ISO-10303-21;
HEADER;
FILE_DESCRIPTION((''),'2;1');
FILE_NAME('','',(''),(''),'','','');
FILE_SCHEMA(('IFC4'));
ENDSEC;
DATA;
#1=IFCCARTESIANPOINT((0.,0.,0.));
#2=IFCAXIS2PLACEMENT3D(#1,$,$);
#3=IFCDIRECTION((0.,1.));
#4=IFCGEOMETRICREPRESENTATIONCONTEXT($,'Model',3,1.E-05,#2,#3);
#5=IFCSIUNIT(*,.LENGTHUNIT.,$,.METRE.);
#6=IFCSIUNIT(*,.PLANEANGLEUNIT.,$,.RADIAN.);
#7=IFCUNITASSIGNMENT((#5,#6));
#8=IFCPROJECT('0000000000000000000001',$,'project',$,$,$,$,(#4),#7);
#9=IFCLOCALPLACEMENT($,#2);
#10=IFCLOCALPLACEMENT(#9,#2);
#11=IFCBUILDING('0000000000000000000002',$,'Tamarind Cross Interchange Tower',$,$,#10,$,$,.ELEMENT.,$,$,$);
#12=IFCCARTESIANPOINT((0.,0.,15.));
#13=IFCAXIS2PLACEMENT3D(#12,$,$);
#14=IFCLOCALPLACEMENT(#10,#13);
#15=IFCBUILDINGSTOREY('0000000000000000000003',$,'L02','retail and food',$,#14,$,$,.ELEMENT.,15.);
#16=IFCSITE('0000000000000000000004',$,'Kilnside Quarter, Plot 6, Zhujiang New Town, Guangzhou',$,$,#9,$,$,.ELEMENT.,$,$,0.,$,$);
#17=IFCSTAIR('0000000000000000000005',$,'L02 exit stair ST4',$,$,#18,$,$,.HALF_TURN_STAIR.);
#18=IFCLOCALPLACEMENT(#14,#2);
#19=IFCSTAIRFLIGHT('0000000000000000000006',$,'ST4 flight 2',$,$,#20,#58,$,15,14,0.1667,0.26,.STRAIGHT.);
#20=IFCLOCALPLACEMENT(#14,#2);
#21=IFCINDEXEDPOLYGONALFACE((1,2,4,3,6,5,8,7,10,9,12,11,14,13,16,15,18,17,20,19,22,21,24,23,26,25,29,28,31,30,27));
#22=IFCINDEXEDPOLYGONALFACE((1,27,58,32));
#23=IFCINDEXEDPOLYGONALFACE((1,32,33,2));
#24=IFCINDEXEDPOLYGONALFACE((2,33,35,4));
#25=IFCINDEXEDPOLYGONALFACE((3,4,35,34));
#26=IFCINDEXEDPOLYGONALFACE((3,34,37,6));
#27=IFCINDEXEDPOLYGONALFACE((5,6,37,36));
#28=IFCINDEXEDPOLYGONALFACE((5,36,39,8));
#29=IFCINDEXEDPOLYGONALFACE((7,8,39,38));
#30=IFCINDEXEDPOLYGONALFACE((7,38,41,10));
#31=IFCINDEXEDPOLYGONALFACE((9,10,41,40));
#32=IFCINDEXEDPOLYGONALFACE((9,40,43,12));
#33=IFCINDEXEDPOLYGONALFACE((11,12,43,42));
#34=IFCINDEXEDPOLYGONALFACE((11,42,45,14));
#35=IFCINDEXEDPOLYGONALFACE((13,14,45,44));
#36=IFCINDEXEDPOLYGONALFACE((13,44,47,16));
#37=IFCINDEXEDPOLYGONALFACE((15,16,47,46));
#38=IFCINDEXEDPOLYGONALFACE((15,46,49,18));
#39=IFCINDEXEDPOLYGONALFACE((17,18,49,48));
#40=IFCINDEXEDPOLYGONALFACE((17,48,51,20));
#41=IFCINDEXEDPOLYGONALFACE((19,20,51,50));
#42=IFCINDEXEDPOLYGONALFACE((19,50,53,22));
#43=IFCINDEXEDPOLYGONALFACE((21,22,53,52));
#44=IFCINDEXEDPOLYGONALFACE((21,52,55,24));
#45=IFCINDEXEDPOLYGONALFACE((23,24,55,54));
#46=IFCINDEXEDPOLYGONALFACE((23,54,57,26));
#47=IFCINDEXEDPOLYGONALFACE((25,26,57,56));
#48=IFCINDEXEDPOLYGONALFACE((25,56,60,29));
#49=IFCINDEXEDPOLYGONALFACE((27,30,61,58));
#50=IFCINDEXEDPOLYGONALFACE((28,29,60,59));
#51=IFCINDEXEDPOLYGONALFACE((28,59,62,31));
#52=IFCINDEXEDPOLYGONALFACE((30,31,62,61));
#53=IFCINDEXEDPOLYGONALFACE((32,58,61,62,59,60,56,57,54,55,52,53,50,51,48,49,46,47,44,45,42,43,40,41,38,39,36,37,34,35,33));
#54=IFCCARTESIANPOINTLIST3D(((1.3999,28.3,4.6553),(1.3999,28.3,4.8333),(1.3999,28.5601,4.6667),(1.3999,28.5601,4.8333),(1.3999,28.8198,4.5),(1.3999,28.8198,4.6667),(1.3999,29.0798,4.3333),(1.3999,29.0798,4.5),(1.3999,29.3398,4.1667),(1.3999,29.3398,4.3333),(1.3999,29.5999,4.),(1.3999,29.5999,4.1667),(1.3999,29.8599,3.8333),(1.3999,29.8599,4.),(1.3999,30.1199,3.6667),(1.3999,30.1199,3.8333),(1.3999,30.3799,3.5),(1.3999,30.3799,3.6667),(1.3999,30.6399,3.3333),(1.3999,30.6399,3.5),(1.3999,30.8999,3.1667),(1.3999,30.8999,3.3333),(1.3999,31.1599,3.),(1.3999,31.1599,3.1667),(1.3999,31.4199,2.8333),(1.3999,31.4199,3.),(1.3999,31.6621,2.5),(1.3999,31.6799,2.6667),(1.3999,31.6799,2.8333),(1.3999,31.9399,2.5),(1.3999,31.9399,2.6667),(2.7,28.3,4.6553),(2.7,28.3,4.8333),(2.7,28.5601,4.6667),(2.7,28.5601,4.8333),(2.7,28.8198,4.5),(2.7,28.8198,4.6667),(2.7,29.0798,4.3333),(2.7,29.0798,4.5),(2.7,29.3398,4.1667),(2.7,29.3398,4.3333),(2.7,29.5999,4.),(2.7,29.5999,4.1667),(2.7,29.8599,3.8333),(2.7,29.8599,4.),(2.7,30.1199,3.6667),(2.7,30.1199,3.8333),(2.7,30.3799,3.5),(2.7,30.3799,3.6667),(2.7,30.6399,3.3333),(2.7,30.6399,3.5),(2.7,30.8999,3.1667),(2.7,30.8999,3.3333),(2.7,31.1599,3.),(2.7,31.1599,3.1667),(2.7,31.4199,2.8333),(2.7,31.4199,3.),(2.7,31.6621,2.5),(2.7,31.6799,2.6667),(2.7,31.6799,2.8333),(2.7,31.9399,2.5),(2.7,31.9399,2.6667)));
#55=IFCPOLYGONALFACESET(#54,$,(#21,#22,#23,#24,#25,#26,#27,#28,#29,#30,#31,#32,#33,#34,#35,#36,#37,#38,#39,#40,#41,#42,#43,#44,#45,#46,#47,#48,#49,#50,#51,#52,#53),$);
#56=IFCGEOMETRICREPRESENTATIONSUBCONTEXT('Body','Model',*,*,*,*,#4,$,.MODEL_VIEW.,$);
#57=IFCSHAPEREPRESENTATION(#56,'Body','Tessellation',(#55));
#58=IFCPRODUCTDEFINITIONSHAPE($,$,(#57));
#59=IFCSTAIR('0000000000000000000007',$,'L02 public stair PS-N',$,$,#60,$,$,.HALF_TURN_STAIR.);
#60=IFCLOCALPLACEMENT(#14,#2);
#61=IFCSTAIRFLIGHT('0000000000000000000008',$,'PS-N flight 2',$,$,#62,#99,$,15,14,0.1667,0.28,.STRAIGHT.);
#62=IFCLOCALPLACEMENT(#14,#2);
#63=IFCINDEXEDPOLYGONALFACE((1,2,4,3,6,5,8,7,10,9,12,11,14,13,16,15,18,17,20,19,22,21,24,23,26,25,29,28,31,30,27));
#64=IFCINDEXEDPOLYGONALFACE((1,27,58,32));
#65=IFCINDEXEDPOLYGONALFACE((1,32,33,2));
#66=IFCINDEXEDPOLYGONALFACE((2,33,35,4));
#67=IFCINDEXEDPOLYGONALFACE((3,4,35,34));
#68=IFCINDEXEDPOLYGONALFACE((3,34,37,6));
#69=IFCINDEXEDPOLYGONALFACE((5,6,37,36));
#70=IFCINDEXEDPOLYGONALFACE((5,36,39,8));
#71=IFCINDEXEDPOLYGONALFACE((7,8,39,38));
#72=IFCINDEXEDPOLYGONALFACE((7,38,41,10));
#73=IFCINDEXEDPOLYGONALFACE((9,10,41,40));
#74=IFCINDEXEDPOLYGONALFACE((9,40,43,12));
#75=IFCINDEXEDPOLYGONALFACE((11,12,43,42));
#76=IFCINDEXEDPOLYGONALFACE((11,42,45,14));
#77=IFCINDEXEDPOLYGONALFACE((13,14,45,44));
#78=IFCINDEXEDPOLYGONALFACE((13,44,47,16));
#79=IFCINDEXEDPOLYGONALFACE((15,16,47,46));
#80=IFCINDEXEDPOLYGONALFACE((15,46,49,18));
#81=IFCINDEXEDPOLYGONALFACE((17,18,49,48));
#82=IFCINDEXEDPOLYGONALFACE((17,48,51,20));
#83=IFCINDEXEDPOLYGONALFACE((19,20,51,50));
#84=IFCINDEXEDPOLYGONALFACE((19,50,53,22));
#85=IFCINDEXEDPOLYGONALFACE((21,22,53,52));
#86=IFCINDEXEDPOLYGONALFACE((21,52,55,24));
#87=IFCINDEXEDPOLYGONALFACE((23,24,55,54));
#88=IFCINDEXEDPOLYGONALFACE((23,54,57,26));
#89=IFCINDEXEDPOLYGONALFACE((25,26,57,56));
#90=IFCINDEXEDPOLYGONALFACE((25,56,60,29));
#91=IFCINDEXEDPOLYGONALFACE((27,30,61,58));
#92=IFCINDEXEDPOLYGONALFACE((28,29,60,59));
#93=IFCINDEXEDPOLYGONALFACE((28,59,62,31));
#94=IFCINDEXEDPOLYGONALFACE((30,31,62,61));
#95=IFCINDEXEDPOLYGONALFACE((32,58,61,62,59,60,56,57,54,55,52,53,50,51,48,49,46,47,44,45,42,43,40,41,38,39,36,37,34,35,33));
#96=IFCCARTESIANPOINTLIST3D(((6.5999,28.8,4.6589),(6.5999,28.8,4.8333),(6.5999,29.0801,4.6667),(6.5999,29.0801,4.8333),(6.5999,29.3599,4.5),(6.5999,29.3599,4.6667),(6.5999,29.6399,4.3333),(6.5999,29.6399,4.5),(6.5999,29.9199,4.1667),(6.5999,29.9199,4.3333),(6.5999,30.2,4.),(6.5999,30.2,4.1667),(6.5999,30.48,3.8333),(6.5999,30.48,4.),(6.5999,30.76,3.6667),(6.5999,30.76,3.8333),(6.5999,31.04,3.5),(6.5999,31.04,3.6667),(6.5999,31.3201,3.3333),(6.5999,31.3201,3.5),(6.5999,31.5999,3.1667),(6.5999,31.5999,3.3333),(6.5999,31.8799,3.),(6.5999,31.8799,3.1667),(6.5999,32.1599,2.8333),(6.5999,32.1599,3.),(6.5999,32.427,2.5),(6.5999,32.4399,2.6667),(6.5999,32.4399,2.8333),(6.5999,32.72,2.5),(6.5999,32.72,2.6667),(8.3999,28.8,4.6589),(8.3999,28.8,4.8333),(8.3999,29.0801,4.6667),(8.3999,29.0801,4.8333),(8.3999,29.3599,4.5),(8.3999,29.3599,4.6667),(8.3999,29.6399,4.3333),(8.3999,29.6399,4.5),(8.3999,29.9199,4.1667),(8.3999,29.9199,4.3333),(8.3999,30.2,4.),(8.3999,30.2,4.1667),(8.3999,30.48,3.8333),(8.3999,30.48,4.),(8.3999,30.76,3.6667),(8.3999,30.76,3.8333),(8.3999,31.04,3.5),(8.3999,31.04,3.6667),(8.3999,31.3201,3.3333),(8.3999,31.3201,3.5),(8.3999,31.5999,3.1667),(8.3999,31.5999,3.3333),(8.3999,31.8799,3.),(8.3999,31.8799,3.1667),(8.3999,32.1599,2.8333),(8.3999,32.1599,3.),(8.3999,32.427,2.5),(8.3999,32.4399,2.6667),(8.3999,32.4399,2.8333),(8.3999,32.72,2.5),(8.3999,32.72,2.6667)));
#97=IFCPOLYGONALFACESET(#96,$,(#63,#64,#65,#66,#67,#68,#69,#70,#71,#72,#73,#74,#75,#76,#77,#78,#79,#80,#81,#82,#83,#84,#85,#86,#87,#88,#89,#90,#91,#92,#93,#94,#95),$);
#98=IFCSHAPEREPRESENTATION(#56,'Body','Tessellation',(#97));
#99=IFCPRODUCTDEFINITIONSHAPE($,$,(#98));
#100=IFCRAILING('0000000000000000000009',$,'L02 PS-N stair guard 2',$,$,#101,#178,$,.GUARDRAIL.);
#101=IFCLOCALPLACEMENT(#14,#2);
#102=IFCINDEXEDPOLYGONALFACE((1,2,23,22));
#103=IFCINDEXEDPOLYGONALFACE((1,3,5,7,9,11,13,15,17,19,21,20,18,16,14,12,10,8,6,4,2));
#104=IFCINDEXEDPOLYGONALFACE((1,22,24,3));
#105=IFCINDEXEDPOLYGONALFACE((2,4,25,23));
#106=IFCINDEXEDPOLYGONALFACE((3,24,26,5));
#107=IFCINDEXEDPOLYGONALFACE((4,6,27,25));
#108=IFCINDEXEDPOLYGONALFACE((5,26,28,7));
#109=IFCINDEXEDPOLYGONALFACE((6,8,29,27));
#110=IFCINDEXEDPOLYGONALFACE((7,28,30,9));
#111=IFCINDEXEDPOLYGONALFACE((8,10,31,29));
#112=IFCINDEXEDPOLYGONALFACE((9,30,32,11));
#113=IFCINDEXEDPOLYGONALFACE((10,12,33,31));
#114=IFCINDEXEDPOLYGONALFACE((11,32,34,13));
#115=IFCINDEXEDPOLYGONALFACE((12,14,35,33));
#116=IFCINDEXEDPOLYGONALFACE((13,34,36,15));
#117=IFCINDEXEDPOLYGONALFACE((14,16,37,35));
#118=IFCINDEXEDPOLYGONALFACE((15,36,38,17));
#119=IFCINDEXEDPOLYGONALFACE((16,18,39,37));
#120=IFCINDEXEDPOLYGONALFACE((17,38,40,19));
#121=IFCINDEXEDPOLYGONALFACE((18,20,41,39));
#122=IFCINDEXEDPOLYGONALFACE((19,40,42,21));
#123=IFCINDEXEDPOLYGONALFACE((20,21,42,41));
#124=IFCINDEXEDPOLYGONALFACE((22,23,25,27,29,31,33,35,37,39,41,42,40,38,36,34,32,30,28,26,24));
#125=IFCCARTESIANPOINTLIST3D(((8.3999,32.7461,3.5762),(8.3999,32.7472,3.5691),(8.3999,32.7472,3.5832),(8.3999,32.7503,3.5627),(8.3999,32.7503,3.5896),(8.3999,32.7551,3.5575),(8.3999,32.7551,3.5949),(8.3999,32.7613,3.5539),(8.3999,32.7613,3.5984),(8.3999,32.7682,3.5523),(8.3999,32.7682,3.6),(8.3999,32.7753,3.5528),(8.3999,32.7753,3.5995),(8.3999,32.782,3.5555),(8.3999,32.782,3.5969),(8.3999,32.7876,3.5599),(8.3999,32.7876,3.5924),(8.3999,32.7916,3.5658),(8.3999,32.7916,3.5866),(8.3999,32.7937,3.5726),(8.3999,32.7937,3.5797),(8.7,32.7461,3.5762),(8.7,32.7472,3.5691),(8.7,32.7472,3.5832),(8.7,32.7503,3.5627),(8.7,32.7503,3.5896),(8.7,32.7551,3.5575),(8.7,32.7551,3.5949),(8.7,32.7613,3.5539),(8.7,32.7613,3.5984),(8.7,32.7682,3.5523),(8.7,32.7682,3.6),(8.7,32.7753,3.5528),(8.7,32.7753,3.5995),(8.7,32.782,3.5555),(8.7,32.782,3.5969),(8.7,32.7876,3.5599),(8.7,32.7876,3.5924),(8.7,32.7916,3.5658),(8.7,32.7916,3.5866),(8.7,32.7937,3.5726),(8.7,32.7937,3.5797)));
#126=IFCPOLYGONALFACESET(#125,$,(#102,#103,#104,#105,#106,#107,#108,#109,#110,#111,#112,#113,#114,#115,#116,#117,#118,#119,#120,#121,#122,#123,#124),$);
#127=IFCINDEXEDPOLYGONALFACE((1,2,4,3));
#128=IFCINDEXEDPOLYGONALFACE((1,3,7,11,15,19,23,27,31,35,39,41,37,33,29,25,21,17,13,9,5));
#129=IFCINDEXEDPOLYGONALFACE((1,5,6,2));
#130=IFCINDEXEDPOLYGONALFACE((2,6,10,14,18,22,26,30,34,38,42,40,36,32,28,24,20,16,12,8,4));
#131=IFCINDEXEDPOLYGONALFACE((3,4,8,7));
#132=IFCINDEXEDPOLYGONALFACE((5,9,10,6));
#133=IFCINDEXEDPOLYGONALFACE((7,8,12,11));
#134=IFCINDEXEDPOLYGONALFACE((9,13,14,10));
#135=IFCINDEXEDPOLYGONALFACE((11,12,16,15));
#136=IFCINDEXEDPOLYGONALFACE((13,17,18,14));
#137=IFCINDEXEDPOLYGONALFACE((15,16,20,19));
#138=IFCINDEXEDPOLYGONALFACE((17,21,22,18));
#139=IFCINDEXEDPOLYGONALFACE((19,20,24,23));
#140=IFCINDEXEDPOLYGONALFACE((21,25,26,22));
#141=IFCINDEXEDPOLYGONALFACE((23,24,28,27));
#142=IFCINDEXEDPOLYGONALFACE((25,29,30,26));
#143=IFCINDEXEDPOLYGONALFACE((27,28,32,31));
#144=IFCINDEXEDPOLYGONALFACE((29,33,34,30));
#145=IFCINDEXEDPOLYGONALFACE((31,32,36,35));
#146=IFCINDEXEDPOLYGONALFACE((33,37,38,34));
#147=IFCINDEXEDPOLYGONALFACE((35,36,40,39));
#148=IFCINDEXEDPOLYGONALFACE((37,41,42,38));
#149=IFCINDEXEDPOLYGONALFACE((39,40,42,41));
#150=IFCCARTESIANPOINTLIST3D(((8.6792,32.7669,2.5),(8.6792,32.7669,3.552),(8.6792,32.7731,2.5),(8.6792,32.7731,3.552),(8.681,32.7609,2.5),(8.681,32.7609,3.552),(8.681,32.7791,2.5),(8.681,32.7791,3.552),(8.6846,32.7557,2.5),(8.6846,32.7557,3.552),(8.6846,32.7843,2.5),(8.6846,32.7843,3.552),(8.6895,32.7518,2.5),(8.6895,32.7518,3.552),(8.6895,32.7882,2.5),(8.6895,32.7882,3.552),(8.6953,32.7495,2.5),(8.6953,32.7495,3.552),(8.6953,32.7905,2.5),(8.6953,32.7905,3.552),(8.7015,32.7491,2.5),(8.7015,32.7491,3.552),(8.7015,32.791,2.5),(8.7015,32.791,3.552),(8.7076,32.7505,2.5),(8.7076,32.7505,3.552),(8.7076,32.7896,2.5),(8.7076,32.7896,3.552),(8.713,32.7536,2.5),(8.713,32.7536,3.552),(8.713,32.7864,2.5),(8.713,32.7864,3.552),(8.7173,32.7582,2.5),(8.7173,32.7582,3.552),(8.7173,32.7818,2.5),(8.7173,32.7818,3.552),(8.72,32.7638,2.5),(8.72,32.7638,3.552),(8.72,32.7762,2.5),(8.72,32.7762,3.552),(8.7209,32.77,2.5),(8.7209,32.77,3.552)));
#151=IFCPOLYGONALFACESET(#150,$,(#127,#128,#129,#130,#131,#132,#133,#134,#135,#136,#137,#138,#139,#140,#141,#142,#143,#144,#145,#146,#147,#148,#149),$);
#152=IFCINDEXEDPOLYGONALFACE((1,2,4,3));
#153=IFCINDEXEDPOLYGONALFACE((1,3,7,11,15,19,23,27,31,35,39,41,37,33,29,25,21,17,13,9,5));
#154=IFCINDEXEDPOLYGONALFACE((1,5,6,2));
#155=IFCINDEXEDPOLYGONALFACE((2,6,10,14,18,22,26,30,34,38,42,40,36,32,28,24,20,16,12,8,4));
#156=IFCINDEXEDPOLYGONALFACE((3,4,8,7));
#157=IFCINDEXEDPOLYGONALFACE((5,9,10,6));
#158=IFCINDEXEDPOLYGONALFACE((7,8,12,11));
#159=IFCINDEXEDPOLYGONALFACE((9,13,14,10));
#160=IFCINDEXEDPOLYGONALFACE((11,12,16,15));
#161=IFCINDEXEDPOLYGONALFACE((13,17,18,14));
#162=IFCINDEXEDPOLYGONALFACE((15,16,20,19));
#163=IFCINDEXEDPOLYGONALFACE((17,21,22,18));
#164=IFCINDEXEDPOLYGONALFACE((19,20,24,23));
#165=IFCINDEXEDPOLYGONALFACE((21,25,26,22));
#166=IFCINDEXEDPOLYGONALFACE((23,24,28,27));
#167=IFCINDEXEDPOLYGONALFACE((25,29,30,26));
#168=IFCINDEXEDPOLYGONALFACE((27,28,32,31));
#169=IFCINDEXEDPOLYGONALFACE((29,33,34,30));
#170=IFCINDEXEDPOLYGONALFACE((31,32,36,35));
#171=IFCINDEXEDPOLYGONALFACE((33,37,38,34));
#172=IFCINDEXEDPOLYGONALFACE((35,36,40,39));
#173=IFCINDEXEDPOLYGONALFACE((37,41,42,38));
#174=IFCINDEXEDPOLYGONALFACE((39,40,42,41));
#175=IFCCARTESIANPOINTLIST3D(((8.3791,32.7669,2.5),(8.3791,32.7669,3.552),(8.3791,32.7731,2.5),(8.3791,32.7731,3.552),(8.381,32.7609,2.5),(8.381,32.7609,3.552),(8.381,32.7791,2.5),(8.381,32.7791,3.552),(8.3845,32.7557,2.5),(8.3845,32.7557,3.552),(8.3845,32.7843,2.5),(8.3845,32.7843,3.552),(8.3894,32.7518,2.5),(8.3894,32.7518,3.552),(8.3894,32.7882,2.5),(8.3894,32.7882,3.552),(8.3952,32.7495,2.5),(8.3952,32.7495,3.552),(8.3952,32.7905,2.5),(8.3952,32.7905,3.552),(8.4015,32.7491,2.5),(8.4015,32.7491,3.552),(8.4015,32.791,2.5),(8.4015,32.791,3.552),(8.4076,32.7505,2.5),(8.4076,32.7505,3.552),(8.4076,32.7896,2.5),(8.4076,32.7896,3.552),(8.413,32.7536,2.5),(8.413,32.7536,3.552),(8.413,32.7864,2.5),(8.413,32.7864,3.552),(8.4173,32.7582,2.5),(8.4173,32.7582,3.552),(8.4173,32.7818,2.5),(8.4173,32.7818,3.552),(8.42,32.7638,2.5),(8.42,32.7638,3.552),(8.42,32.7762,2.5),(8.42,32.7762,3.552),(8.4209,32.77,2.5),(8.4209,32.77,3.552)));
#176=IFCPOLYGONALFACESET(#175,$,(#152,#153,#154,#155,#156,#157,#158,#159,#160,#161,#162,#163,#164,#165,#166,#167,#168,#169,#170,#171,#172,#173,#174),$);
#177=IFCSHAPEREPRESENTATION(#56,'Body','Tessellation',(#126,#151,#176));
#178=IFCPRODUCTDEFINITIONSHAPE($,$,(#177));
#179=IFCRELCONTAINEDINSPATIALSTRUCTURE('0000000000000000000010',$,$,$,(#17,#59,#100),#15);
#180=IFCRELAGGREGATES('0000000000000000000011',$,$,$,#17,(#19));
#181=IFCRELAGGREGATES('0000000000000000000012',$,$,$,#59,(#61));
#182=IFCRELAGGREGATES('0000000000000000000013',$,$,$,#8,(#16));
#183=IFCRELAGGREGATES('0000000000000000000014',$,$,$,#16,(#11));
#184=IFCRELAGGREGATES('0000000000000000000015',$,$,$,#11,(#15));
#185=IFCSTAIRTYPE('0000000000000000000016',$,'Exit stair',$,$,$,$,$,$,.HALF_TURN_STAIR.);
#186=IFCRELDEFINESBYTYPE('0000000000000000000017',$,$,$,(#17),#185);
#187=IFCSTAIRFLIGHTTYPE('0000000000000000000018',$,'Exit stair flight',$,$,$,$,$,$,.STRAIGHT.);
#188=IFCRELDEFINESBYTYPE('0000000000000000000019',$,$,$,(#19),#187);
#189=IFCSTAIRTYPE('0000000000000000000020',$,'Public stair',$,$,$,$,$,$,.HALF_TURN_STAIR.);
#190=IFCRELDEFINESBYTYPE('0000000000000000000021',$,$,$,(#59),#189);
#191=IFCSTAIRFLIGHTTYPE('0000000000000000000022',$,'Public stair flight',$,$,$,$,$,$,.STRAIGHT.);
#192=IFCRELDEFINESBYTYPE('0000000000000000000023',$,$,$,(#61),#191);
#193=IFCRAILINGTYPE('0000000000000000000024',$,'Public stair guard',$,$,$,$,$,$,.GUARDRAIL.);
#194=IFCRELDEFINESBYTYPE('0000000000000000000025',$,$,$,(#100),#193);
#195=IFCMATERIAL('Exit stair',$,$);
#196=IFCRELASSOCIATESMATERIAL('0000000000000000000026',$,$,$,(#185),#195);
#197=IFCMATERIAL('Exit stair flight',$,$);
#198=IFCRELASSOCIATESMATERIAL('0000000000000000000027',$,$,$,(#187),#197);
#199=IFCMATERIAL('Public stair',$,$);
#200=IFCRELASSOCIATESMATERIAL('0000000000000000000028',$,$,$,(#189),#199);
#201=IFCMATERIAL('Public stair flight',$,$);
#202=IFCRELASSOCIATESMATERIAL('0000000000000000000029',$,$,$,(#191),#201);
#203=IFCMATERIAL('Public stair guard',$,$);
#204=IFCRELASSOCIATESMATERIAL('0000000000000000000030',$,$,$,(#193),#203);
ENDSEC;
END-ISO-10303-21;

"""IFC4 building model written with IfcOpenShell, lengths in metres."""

from ifc_helpers import new_model, si_unit, direction, frame, origin, origin_2d, place, context, subcontext, project, spatial, polyline, circle, outline, extrude, material, type_object, element, aggregate, save


model = new_model("IFC4")

# Units and contexts
model_context = context("Model", 3, precision=1e-05, world=origin(), true_north=direction((0.0, 1.0)))
body_context = subcontext(model_context, "Body", "Model", "MODEL_VIEW")
ifc_project = project(units=[si_unit("LENGTHUNIT", "METRE"), si_unit("PLANEANGLEUNIT", "RADIAN")], contexts=[model_context])

# Site, building, storey
site_placement = place(None, origin())
site = spatial("IfcSite", under=ifc_project, at=site_placement, Name="Kilnside Quarter, Plot 6, Zhujiang New Town, Guangzhou", CompositionType="ELEMENT", RefElevation=0.0)
building_placement = place(site_placement, origin())
building = spatial("IfcBuilding", under=site, at=building_placement, Name="Tamarind Cross Interchange Tower", CompositionType="ELEMENT")
storey_placement = place(building_placement, frame((0.0, 0.0, 15.0)))
storey = spatial("IfcBuildingStorey", under=building, at=storey_placement, Name="L02", Description="retail and food", CompositionType="ELEMENT", Elevation=15.0)

# Stairs, stair flights
ifc_material_1 = material(Name="Exit stair")
stair_type_1 = type_object("IfcStairType", Name="Exit stair", PredefinedType="HALF_TURN_STAIR", material=ifc_material_1)
stair_1_placement = place(storey_placement, origin())
stair_1 = element("IfcStair", 1, at=stair_1_placement, inside=storey, type_object=stair_type_1, Name="L02 exit stair ST4", PredefinedType="HALF_TURN_STAIR")
ifc_material_2 = material(Name="Exit stair flight")
stair_flight_type_1 = type_object("IfcStairFlightType", Name="Exit stair flight", PredefinedType="STRAIGHT", material=ifc_material_2)
stair_flight_1_placement = place(storey_placement, frame((2.05, 31.9399, 2.5), z_axis=(0.0, 0.0, 1.0), x_axis=(0.0, -1.0, 0.0)))
stair_flight_1 = element("IfcStairFlight", 2, at=stair_flight_1_placement, type_object=stair_flight_type_1, Name="ST4 flight 2", NumberOfRisers=15, NumberOfTreads=14, PredefinedType="STRAIGHT", RiserHeight=0.1667, TreadLength=0.26, context=body_context, shape_type="SweptSolid", body=[
    extrude(outline(polyline([(0.0, 0.0), (0.0, 0.1667), (0.26, 0.1667), (0.26, 0.3333), (0.52, 0.3333), (0.52, 0.5), (0.78, 0.5), (0.78, 0.6667), (1.04, 0.6667), (1.04, 0.8333), (1.3, 0.8333), (1.3, 1.0), (1.5601, 1.0), (1.5601, 1.1667), (1.8201, 1.1667), (1.8201, 1.3333), (2.0801, 1.3333), (2.0801, 1.5), (2.3401, 1.5), (2.3401, 1.6667), (2.6001, 1.6667), (2.6001, 1.8333), (2.8601, 1.8333), (2.8601, 2.0), (3.1201, 2.0), (3.1201, 2.1667), (3.3799, 2.1667), (3.3799, 2.3333), (3.6399, 2.3333), (3.6399, 2.5), (3.6399, 2.1553), (0.2778, 0.0), (0.0, 0.0)])), frame((0.0, 0.6499, 0.0), z_axis=(0.0, -1.0, 0.0), x_axis=(1.0, 0.0, 0.0)), (0.0, 0.0, 1.0), 1.3),
])
aggregate(stair_1, [stair_flight_1])
ifc_material_3 = material(Name="Public stair")
stair_type_2 = type_object("IfcStairType", Name="Public stair", PredefinedType="HALF_TURN_STAIR", material=ifc_material_3)
stair_2_placement = place(storey_placement, origin())
stair_2 = element("IfcStair", 3, at=stair_2_placement, inside=storey, type_object=stair_type_2, Name="L02 public stair PS-N", PredefinedType="HALF_TURN_STAIR")
ifc_material_4 = material(Name="Public stair flight")
stair_flight_type_2 = type_object("IfcStairFlightType", Name="Public stair flight", PredefinedType="STRAIGHT", material=ifc_material_4)
stair_flight_2_placement = place(storey_placement, frame((7.5, 32.72, 2.5), z_axis=(0.0, 0.0, 1.0), x_axis=(0.0, -1.0, 0.0)))
stair_flight_2 = element("IfcStairFlight", 4, at=stair_flight_2_placement, type_object=stair_flight_type_2, Name="PS-N flight 2", NumberOfRisers=15, NumberOfTreads=14, PredefinedType="STRAIGHT", RiserHeight=0.1667, TreadLength=0.28, context=body_context, shape_type="SweptSolid", body=[
    extrude(outline(polyline([(0.0, 0.0), (0.0, 0.1667), (0.28, 0.1667), (0.28, 0.3333), (0.5601, 0.3333), (0.5601, 0.5), (0.8401, 0.5), (0.8401, 0.6667), (1.1201, 0.6667), (1.1201, 0.8333), (1.3999, 0.8333), (1.3999, 1.0), (1.6799, 1.0), (1.6799, 1.1667), (1.96, 1.1667), (1.96, 1.3333), (2.24, 1.3333), (2.24, 1.5), (2.52, 1.5), (2.52, 1.6667), (2.8, 1.6667), (2.8, 1.8333), (3.0801, 1.8333), (3.0801, 2.0), (3.3601, 2.0), (3.3601, 2.1667), (3.6399, 2.1667), (3.6399, 2.3333), (3.9199, 2.3333), (3.9199, 2.5), (3.9199, 2.1589), (0.293, 0.0), (0.0, 0.0)])), frame((0.0, 0.8999, 0.0), z_axis=(0.0, -1.0, 0.0), x_axis=(1.0, 0.0, 0.0)), (0.0, 0.0, 1.0), 1.8),
])
aggregate(stair_2, [stair_flight_2])

# Railing
ifc_material_5 = material(Name="Public stair guard")
railing_type_1 = type_object("IfcRailingType", Name="Public stair guard", PredefinedType="GUARDRAIL", material=ifc_material_5)
railing_1_placement = place(storey_placement, frame((8.7, 32.77, 2.5)))
element("IfcRailing", 5, at=railing_1_placement, inside=storey, type_object=railing_type_1, Name="L02 PS-N stair guard 2", PredefinedType="GUARDRAIL", context=body_context, shape_type="SweptSolid", body=[
    extrude(circle(Radius=0.0239, at=origin_2d()), frame((0.0, 0.0, 1.0762), z_axis=(-1.0, 0.0, 0.0), x_axis=(0.0, -1.0, 0.0)), (0.0, 0.0, 1.0), 0.3),
    extrude(circle(Radius=0.021, at=origin_2d()), origin(), (0.0, 0.0, 1.0), 1.052),
    extrude(circle(Radius=0.021, at=origin_2d()), frame((-0.3, 0.0, 0.0)), (0.0, 0.0, 1.0), 1.052),
])

save(model, "model.ifc")
